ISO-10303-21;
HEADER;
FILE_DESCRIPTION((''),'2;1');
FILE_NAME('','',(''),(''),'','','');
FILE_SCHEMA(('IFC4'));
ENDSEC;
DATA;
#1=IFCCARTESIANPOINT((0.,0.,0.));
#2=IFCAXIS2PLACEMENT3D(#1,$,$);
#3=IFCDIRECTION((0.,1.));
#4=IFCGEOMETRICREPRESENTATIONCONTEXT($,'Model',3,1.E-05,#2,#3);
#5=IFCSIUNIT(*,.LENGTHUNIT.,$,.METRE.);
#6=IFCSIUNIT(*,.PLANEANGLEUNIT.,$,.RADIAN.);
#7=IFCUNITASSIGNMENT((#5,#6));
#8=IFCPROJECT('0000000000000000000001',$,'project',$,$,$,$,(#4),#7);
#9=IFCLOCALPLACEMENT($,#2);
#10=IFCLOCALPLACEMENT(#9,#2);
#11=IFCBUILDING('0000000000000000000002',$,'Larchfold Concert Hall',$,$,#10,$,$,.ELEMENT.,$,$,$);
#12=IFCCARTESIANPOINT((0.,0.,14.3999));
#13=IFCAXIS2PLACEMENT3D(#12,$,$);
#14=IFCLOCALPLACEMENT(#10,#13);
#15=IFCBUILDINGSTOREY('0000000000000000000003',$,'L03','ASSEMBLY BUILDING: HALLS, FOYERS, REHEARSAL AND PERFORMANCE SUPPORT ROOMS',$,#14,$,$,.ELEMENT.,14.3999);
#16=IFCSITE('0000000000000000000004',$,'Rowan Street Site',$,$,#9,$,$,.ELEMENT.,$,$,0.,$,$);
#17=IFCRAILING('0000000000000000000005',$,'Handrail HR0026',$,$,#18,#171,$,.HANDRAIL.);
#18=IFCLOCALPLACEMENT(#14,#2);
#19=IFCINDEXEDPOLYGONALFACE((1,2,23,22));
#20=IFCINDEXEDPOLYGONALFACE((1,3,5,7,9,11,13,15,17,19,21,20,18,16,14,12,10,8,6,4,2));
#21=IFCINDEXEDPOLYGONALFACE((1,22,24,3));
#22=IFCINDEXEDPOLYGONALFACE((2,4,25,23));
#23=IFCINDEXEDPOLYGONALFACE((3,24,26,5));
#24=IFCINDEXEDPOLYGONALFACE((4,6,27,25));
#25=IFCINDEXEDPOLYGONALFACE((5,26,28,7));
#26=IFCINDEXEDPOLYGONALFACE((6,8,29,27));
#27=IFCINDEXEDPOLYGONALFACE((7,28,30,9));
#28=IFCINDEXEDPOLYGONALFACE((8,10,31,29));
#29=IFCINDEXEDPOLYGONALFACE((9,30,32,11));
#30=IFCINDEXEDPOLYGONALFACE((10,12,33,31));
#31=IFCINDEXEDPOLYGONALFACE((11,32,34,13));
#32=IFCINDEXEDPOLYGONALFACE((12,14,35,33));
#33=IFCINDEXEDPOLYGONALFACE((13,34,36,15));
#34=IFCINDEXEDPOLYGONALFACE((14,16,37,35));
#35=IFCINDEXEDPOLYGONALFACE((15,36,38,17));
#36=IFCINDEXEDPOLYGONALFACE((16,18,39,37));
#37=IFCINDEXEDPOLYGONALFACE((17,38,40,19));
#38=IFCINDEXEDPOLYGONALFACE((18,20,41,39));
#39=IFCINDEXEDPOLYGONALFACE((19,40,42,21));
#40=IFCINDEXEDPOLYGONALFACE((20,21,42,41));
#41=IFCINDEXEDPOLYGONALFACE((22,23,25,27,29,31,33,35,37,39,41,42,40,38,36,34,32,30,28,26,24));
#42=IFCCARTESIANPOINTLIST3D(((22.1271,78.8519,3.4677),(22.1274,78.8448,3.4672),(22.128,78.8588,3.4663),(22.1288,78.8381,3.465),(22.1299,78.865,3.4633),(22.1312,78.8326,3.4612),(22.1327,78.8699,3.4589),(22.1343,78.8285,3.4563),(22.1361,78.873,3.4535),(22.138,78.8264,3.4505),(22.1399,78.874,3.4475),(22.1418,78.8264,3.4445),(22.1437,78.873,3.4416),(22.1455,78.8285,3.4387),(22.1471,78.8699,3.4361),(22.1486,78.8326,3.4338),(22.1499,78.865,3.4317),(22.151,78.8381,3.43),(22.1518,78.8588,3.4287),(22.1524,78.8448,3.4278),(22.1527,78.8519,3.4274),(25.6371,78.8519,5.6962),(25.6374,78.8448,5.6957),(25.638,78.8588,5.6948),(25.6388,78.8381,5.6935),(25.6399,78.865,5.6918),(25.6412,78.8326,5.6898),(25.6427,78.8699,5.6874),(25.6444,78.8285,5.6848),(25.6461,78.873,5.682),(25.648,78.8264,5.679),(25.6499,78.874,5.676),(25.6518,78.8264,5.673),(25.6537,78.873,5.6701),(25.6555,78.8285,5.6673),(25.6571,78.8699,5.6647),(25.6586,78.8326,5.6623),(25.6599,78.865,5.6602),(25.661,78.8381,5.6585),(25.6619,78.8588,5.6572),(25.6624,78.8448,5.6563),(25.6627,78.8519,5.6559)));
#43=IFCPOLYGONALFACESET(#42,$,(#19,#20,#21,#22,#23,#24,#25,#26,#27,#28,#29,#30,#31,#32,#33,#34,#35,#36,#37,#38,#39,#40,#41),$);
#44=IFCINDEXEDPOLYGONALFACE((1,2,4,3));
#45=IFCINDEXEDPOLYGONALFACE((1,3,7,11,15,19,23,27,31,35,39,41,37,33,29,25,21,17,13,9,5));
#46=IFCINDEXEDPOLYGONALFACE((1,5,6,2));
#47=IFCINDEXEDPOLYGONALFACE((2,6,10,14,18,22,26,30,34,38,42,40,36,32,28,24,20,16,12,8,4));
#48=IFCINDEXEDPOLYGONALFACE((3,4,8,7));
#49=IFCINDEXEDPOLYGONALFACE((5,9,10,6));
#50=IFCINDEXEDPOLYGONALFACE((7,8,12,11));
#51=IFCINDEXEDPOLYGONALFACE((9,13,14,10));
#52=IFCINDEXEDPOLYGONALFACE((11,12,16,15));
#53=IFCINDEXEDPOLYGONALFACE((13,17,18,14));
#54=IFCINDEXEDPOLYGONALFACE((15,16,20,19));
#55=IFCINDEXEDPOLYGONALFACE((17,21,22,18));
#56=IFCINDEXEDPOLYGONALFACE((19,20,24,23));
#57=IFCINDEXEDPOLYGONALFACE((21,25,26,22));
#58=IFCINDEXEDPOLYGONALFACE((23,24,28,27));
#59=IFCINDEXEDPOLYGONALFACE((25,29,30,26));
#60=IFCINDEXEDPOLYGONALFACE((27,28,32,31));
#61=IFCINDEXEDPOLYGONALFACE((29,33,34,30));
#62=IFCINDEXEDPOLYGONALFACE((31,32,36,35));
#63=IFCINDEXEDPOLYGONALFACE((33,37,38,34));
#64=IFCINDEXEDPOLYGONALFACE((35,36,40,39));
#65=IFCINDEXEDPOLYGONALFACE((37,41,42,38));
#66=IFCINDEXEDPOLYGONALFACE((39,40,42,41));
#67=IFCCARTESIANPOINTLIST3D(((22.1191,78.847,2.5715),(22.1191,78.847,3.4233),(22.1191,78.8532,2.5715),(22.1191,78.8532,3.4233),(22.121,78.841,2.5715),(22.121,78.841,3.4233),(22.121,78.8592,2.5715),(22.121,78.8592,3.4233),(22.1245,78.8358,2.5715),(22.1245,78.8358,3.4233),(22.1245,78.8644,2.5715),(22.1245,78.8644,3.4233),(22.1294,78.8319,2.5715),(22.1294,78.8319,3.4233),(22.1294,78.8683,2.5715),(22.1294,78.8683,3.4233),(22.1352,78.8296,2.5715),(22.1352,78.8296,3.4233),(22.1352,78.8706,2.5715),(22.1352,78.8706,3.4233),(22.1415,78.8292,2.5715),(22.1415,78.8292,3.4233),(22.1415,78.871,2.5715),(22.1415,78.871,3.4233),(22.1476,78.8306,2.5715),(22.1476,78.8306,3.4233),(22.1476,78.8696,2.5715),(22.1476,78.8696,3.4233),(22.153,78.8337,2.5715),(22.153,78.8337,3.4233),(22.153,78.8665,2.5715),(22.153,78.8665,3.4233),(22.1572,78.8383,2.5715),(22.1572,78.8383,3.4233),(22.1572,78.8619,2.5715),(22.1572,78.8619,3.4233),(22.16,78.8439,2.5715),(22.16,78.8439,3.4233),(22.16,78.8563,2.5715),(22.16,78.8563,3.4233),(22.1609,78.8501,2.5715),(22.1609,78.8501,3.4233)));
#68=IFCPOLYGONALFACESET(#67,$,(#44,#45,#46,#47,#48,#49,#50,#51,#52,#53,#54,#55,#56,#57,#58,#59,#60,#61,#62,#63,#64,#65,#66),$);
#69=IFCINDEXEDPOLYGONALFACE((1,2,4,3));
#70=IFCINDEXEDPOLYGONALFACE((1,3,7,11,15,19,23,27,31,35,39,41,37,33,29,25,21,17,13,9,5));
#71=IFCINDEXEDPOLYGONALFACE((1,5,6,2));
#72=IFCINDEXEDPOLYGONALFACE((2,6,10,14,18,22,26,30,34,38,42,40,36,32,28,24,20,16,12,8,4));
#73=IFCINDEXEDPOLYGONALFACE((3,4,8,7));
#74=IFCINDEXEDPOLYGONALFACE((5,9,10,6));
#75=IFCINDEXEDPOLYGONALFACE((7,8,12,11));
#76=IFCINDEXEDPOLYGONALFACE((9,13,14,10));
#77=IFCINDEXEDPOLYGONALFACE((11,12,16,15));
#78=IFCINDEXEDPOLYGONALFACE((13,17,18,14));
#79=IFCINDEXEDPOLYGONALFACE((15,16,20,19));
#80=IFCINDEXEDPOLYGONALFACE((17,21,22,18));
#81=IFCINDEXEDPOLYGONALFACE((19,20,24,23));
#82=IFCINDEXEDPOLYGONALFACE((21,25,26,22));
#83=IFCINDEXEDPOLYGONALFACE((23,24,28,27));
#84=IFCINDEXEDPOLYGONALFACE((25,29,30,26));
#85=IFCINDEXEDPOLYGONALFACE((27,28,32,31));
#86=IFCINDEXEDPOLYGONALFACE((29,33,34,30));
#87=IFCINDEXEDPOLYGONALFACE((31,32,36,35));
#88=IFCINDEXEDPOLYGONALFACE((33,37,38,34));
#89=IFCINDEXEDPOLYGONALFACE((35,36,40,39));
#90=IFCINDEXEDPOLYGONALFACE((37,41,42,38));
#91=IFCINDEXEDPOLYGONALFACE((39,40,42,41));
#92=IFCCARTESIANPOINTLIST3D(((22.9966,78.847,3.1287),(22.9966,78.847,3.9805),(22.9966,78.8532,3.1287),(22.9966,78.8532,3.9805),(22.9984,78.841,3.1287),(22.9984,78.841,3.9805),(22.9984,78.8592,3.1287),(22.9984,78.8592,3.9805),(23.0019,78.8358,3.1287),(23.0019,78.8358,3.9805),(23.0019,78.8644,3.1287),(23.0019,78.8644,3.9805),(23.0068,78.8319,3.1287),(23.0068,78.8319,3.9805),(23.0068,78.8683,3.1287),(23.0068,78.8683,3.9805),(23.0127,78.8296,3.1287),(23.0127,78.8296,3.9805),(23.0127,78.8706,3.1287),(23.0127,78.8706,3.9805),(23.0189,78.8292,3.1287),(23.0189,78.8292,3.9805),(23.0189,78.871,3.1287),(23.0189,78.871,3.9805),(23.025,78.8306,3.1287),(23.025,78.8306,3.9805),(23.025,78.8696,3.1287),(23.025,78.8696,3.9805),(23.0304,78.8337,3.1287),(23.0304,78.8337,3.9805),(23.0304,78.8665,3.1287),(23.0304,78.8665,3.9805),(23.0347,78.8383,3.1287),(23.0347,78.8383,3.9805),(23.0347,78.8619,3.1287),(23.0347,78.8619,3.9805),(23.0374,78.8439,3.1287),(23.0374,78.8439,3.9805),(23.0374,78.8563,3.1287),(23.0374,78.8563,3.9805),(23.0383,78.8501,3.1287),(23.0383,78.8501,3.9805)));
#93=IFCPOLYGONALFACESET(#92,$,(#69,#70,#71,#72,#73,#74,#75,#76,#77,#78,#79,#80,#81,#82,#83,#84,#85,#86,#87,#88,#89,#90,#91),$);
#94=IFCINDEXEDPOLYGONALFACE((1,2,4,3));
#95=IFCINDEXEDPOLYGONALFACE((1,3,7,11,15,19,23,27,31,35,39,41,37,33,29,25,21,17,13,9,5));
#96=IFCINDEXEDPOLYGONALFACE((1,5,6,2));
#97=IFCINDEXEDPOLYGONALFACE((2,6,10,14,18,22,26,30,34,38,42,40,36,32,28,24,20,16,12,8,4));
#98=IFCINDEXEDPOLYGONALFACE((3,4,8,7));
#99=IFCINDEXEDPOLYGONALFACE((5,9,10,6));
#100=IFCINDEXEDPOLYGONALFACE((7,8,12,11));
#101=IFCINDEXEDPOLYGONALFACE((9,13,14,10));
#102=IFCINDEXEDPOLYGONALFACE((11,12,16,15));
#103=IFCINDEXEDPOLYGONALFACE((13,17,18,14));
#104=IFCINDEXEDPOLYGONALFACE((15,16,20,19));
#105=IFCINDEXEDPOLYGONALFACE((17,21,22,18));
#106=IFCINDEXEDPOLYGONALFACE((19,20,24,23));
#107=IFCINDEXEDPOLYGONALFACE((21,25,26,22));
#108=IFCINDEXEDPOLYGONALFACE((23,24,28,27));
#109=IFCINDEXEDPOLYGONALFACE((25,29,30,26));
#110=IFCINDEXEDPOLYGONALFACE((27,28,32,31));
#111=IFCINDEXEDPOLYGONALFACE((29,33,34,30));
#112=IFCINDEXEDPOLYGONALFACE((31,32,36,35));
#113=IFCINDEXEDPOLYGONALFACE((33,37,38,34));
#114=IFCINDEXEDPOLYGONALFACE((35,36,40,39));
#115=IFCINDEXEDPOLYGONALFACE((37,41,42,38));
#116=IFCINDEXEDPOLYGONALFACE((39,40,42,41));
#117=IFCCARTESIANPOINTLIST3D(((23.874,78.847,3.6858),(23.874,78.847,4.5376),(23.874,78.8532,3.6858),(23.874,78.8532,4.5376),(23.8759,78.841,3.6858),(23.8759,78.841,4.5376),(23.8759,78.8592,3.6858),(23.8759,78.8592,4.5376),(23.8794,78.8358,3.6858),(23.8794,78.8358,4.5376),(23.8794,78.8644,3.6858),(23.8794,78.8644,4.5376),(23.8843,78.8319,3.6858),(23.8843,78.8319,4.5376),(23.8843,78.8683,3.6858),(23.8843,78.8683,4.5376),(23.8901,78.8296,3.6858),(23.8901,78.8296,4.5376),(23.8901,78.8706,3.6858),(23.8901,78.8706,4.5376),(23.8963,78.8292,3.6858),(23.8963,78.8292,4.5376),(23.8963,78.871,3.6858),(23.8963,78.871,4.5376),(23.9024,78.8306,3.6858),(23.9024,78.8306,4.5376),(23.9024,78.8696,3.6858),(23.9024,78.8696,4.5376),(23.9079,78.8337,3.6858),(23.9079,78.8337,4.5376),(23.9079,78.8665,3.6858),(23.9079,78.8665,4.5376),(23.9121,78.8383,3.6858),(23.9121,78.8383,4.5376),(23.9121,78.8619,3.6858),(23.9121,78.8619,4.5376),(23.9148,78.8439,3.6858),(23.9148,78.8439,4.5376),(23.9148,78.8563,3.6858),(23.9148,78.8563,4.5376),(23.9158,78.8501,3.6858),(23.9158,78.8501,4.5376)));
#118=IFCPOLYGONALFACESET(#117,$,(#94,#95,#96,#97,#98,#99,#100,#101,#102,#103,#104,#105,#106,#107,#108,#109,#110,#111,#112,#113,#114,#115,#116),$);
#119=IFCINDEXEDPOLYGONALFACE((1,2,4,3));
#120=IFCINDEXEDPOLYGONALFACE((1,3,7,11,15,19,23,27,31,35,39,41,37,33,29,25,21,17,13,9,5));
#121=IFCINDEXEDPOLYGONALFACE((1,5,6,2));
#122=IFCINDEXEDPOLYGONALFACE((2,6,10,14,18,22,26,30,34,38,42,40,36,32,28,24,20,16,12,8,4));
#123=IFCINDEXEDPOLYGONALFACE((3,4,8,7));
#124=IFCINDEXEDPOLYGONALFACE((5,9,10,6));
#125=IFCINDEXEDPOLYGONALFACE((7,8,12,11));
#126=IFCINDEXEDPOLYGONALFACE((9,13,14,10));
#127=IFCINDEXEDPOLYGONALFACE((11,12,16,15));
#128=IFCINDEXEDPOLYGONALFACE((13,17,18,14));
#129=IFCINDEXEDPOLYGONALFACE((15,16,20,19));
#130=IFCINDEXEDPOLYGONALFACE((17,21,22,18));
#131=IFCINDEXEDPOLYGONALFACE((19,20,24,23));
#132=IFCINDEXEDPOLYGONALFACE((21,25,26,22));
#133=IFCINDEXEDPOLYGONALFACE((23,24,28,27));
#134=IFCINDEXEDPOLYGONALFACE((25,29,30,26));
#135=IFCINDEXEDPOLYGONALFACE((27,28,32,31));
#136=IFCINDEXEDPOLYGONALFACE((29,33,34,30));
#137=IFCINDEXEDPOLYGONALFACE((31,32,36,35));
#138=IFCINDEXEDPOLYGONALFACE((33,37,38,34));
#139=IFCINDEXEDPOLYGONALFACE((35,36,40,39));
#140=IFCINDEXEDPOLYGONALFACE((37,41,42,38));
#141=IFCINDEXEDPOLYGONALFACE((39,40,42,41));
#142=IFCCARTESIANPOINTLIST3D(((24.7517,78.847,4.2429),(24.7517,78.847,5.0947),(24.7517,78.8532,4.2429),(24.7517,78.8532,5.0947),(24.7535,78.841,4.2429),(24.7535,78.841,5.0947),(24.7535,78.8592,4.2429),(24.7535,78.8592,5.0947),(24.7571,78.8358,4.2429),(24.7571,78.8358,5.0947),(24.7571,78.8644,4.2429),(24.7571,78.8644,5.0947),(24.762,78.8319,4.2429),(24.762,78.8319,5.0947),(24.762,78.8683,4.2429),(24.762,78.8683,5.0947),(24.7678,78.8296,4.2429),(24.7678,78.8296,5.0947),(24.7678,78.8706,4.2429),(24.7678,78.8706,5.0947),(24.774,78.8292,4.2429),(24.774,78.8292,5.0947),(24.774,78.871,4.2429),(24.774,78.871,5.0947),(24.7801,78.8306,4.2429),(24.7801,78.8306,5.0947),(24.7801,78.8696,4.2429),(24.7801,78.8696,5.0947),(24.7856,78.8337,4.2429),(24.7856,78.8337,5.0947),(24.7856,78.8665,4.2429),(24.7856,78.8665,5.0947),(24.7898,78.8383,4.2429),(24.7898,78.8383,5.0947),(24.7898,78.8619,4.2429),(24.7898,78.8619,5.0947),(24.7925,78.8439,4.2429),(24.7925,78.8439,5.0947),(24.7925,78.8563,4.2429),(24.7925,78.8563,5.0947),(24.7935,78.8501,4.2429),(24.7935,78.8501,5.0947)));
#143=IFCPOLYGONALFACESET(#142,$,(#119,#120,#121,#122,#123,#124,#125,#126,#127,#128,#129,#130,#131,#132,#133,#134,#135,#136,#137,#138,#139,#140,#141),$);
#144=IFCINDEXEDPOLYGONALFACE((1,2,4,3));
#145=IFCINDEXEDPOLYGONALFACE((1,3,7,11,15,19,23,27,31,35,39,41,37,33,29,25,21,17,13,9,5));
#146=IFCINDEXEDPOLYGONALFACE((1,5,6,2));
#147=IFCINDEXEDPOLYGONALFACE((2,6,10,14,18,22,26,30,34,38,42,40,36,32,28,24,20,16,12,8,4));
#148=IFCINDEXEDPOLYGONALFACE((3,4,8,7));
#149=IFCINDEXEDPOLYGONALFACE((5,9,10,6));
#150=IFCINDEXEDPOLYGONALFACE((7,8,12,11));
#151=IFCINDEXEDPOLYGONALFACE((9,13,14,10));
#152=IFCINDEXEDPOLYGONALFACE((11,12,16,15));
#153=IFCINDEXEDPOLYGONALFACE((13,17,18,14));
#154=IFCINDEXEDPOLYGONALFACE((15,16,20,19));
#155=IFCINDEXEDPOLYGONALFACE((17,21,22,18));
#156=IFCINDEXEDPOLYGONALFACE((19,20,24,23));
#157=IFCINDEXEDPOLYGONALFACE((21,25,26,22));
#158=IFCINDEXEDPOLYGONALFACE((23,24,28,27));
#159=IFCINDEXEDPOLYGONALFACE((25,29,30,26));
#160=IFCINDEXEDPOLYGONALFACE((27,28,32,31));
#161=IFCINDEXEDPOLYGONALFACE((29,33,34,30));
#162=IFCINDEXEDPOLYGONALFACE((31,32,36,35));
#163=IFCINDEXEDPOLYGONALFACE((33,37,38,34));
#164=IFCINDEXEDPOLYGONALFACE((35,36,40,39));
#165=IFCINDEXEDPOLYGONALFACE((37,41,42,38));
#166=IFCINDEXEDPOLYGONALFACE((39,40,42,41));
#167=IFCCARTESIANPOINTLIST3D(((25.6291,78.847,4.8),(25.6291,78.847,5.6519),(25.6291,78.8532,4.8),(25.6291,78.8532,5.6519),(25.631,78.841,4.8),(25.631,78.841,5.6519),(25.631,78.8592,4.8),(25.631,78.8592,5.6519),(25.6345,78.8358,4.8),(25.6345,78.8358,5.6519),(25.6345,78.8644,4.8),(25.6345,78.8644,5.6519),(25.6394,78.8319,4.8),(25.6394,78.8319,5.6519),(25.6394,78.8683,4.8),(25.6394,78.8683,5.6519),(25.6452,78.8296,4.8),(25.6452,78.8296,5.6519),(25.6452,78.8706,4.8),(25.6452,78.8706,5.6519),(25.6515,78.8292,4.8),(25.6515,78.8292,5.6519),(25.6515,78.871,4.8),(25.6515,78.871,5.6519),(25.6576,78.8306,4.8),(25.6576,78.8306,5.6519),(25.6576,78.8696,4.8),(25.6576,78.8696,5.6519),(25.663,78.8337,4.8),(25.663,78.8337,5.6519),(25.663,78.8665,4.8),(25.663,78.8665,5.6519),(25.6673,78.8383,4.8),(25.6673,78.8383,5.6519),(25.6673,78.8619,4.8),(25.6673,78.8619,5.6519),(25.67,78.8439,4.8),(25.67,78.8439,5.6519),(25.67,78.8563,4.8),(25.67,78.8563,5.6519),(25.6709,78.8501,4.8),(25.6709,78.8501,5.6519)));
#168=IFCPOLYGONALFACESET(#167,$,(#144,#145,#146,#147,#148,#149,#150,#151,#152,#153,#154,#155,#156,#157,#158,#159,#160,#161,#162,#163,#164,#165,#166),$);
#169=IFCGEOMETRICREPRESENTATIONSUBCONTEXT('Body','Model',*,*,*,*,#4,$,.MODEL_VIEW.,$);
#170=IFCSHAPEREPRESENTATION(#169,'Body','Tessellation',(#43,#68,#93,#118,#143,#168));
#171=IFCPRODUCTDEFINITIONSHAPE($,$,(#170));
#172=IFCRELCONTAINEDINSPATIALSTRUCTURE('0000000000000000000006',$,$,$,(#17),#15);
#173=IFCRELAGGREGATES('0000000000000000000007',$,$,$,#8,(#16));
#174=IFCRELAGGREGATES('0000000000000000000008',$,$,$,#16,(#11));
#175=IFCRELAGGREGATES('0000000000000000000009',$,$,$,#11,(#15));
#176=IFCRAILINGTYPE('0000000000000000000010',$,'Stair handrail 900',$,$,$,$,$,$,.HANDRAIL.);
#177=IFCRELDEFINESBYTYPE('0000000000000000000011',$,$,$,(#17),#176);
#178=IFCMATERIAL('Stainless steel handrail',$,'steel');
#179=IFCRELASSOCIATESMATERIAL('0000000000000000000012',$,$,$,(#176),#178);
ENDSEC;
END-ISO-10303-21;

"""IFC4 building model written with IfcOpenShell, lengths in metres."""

from ifc_helpers import new_model, si_unit, direction, frame, origin, origin_2d, place, context, subcontext, project, spatial, circle, extrude, material, type_object, element, save


model = new_model("IFC4")

# Units and contexts
model_context = context("Model", 3, precision=1e-05, world=origin(), true_north=direction((0.0, 1.0)))
body_context = subcontext(model_context, "Body", "Model", "MODEL_VIEW")
ifc_project = project(units=[si_unit("LENGTHUNIT", "METRE"), si_unit("PLANEANGLEUNIT", "RADIAN")], contexts=[model_context])

# Site, building, storey
site_placement = place(None, origin())
site = spatial("IfcSite", under=ifc_project, at=site_placement, Name="Rowan Street Site", CompositionType="ELEMENT", RefElevation=0.0)
building_placement = place(site_placement, origin())
building = spatial("IfcBuilding", under=site, at=building_placement, Name="Larchfold Concert Hall", CompositionType="ELEMENT")
storey_placement = place(building_placement, frame((0.0, 0.0, 14.3999)))
storey = spatial("IfcBuildingStorey", under=building, at=storey_placement, Name="L03", Description="ASSEMBLY BUILDING: HALLS, FOYERS, REHEARSAL AND PERFORMANCE SUPPORT ROOMS", CompositionType="ELEMENT", Elevation=14.3999)

# Railing
ifc_material_1 = material(Name="Stainless steel handrail", Category="steel")
railing_type_1 = type_object("IfcRailingType", Name="Stair handrail 900", PredefinedType="HANDRAIL", material=ifc_material_1)
railing_1_placement = place(storey_placement, frame((22.1399, 78.8501, 2.5715)))
element("IfcRailing", 1, at=railing_1_placement, inside=storey, type_object=railing_type_1, Name="Handrail HR0026", PredefinedType="HANDRAIL", context=body_context, shape_type="SweptSolid", body=[
    extrude(circle(Radius=0.0239, at=origin_2d()), frame((0.0, 0.0, 0.876), z_axis=(0.84422, 0.0, 0.535998), x_axis=(0.0, 1.0, 0.0)), (0.0, 0.0, 1.0), 4.1577),
    extrude(circle(Radius=0.021, at=origin_2d()), origin(), (0.0, 0.0, 1.0), 0.8518),
    extrude(circle(Radius=0.021, at=origin_2d()), frame((0.8774, 0.0, 0.5571)), (0.0, 0.0, 1.0), 0.8518),
    extrude(circle(Radius=0.021, at=origin_2d()), frame((1.7549, 0.0, 1.1143)), (0.0, 0.0, 1.0), 0.8518),
    extrude(circle(Radius=0.021, at=origin_2d()), frame((2.6326, 0.0, 1.6714)), (0.0, 0.0, 1.0), 0.8518),
    extrude(circle(Radius=0.021, at=origin_2d()), frame((3.51, 0.0, 2.2285)), (0.0, 0.0, 1.0), 0.8518),
])

save(model, "model.ifc")
